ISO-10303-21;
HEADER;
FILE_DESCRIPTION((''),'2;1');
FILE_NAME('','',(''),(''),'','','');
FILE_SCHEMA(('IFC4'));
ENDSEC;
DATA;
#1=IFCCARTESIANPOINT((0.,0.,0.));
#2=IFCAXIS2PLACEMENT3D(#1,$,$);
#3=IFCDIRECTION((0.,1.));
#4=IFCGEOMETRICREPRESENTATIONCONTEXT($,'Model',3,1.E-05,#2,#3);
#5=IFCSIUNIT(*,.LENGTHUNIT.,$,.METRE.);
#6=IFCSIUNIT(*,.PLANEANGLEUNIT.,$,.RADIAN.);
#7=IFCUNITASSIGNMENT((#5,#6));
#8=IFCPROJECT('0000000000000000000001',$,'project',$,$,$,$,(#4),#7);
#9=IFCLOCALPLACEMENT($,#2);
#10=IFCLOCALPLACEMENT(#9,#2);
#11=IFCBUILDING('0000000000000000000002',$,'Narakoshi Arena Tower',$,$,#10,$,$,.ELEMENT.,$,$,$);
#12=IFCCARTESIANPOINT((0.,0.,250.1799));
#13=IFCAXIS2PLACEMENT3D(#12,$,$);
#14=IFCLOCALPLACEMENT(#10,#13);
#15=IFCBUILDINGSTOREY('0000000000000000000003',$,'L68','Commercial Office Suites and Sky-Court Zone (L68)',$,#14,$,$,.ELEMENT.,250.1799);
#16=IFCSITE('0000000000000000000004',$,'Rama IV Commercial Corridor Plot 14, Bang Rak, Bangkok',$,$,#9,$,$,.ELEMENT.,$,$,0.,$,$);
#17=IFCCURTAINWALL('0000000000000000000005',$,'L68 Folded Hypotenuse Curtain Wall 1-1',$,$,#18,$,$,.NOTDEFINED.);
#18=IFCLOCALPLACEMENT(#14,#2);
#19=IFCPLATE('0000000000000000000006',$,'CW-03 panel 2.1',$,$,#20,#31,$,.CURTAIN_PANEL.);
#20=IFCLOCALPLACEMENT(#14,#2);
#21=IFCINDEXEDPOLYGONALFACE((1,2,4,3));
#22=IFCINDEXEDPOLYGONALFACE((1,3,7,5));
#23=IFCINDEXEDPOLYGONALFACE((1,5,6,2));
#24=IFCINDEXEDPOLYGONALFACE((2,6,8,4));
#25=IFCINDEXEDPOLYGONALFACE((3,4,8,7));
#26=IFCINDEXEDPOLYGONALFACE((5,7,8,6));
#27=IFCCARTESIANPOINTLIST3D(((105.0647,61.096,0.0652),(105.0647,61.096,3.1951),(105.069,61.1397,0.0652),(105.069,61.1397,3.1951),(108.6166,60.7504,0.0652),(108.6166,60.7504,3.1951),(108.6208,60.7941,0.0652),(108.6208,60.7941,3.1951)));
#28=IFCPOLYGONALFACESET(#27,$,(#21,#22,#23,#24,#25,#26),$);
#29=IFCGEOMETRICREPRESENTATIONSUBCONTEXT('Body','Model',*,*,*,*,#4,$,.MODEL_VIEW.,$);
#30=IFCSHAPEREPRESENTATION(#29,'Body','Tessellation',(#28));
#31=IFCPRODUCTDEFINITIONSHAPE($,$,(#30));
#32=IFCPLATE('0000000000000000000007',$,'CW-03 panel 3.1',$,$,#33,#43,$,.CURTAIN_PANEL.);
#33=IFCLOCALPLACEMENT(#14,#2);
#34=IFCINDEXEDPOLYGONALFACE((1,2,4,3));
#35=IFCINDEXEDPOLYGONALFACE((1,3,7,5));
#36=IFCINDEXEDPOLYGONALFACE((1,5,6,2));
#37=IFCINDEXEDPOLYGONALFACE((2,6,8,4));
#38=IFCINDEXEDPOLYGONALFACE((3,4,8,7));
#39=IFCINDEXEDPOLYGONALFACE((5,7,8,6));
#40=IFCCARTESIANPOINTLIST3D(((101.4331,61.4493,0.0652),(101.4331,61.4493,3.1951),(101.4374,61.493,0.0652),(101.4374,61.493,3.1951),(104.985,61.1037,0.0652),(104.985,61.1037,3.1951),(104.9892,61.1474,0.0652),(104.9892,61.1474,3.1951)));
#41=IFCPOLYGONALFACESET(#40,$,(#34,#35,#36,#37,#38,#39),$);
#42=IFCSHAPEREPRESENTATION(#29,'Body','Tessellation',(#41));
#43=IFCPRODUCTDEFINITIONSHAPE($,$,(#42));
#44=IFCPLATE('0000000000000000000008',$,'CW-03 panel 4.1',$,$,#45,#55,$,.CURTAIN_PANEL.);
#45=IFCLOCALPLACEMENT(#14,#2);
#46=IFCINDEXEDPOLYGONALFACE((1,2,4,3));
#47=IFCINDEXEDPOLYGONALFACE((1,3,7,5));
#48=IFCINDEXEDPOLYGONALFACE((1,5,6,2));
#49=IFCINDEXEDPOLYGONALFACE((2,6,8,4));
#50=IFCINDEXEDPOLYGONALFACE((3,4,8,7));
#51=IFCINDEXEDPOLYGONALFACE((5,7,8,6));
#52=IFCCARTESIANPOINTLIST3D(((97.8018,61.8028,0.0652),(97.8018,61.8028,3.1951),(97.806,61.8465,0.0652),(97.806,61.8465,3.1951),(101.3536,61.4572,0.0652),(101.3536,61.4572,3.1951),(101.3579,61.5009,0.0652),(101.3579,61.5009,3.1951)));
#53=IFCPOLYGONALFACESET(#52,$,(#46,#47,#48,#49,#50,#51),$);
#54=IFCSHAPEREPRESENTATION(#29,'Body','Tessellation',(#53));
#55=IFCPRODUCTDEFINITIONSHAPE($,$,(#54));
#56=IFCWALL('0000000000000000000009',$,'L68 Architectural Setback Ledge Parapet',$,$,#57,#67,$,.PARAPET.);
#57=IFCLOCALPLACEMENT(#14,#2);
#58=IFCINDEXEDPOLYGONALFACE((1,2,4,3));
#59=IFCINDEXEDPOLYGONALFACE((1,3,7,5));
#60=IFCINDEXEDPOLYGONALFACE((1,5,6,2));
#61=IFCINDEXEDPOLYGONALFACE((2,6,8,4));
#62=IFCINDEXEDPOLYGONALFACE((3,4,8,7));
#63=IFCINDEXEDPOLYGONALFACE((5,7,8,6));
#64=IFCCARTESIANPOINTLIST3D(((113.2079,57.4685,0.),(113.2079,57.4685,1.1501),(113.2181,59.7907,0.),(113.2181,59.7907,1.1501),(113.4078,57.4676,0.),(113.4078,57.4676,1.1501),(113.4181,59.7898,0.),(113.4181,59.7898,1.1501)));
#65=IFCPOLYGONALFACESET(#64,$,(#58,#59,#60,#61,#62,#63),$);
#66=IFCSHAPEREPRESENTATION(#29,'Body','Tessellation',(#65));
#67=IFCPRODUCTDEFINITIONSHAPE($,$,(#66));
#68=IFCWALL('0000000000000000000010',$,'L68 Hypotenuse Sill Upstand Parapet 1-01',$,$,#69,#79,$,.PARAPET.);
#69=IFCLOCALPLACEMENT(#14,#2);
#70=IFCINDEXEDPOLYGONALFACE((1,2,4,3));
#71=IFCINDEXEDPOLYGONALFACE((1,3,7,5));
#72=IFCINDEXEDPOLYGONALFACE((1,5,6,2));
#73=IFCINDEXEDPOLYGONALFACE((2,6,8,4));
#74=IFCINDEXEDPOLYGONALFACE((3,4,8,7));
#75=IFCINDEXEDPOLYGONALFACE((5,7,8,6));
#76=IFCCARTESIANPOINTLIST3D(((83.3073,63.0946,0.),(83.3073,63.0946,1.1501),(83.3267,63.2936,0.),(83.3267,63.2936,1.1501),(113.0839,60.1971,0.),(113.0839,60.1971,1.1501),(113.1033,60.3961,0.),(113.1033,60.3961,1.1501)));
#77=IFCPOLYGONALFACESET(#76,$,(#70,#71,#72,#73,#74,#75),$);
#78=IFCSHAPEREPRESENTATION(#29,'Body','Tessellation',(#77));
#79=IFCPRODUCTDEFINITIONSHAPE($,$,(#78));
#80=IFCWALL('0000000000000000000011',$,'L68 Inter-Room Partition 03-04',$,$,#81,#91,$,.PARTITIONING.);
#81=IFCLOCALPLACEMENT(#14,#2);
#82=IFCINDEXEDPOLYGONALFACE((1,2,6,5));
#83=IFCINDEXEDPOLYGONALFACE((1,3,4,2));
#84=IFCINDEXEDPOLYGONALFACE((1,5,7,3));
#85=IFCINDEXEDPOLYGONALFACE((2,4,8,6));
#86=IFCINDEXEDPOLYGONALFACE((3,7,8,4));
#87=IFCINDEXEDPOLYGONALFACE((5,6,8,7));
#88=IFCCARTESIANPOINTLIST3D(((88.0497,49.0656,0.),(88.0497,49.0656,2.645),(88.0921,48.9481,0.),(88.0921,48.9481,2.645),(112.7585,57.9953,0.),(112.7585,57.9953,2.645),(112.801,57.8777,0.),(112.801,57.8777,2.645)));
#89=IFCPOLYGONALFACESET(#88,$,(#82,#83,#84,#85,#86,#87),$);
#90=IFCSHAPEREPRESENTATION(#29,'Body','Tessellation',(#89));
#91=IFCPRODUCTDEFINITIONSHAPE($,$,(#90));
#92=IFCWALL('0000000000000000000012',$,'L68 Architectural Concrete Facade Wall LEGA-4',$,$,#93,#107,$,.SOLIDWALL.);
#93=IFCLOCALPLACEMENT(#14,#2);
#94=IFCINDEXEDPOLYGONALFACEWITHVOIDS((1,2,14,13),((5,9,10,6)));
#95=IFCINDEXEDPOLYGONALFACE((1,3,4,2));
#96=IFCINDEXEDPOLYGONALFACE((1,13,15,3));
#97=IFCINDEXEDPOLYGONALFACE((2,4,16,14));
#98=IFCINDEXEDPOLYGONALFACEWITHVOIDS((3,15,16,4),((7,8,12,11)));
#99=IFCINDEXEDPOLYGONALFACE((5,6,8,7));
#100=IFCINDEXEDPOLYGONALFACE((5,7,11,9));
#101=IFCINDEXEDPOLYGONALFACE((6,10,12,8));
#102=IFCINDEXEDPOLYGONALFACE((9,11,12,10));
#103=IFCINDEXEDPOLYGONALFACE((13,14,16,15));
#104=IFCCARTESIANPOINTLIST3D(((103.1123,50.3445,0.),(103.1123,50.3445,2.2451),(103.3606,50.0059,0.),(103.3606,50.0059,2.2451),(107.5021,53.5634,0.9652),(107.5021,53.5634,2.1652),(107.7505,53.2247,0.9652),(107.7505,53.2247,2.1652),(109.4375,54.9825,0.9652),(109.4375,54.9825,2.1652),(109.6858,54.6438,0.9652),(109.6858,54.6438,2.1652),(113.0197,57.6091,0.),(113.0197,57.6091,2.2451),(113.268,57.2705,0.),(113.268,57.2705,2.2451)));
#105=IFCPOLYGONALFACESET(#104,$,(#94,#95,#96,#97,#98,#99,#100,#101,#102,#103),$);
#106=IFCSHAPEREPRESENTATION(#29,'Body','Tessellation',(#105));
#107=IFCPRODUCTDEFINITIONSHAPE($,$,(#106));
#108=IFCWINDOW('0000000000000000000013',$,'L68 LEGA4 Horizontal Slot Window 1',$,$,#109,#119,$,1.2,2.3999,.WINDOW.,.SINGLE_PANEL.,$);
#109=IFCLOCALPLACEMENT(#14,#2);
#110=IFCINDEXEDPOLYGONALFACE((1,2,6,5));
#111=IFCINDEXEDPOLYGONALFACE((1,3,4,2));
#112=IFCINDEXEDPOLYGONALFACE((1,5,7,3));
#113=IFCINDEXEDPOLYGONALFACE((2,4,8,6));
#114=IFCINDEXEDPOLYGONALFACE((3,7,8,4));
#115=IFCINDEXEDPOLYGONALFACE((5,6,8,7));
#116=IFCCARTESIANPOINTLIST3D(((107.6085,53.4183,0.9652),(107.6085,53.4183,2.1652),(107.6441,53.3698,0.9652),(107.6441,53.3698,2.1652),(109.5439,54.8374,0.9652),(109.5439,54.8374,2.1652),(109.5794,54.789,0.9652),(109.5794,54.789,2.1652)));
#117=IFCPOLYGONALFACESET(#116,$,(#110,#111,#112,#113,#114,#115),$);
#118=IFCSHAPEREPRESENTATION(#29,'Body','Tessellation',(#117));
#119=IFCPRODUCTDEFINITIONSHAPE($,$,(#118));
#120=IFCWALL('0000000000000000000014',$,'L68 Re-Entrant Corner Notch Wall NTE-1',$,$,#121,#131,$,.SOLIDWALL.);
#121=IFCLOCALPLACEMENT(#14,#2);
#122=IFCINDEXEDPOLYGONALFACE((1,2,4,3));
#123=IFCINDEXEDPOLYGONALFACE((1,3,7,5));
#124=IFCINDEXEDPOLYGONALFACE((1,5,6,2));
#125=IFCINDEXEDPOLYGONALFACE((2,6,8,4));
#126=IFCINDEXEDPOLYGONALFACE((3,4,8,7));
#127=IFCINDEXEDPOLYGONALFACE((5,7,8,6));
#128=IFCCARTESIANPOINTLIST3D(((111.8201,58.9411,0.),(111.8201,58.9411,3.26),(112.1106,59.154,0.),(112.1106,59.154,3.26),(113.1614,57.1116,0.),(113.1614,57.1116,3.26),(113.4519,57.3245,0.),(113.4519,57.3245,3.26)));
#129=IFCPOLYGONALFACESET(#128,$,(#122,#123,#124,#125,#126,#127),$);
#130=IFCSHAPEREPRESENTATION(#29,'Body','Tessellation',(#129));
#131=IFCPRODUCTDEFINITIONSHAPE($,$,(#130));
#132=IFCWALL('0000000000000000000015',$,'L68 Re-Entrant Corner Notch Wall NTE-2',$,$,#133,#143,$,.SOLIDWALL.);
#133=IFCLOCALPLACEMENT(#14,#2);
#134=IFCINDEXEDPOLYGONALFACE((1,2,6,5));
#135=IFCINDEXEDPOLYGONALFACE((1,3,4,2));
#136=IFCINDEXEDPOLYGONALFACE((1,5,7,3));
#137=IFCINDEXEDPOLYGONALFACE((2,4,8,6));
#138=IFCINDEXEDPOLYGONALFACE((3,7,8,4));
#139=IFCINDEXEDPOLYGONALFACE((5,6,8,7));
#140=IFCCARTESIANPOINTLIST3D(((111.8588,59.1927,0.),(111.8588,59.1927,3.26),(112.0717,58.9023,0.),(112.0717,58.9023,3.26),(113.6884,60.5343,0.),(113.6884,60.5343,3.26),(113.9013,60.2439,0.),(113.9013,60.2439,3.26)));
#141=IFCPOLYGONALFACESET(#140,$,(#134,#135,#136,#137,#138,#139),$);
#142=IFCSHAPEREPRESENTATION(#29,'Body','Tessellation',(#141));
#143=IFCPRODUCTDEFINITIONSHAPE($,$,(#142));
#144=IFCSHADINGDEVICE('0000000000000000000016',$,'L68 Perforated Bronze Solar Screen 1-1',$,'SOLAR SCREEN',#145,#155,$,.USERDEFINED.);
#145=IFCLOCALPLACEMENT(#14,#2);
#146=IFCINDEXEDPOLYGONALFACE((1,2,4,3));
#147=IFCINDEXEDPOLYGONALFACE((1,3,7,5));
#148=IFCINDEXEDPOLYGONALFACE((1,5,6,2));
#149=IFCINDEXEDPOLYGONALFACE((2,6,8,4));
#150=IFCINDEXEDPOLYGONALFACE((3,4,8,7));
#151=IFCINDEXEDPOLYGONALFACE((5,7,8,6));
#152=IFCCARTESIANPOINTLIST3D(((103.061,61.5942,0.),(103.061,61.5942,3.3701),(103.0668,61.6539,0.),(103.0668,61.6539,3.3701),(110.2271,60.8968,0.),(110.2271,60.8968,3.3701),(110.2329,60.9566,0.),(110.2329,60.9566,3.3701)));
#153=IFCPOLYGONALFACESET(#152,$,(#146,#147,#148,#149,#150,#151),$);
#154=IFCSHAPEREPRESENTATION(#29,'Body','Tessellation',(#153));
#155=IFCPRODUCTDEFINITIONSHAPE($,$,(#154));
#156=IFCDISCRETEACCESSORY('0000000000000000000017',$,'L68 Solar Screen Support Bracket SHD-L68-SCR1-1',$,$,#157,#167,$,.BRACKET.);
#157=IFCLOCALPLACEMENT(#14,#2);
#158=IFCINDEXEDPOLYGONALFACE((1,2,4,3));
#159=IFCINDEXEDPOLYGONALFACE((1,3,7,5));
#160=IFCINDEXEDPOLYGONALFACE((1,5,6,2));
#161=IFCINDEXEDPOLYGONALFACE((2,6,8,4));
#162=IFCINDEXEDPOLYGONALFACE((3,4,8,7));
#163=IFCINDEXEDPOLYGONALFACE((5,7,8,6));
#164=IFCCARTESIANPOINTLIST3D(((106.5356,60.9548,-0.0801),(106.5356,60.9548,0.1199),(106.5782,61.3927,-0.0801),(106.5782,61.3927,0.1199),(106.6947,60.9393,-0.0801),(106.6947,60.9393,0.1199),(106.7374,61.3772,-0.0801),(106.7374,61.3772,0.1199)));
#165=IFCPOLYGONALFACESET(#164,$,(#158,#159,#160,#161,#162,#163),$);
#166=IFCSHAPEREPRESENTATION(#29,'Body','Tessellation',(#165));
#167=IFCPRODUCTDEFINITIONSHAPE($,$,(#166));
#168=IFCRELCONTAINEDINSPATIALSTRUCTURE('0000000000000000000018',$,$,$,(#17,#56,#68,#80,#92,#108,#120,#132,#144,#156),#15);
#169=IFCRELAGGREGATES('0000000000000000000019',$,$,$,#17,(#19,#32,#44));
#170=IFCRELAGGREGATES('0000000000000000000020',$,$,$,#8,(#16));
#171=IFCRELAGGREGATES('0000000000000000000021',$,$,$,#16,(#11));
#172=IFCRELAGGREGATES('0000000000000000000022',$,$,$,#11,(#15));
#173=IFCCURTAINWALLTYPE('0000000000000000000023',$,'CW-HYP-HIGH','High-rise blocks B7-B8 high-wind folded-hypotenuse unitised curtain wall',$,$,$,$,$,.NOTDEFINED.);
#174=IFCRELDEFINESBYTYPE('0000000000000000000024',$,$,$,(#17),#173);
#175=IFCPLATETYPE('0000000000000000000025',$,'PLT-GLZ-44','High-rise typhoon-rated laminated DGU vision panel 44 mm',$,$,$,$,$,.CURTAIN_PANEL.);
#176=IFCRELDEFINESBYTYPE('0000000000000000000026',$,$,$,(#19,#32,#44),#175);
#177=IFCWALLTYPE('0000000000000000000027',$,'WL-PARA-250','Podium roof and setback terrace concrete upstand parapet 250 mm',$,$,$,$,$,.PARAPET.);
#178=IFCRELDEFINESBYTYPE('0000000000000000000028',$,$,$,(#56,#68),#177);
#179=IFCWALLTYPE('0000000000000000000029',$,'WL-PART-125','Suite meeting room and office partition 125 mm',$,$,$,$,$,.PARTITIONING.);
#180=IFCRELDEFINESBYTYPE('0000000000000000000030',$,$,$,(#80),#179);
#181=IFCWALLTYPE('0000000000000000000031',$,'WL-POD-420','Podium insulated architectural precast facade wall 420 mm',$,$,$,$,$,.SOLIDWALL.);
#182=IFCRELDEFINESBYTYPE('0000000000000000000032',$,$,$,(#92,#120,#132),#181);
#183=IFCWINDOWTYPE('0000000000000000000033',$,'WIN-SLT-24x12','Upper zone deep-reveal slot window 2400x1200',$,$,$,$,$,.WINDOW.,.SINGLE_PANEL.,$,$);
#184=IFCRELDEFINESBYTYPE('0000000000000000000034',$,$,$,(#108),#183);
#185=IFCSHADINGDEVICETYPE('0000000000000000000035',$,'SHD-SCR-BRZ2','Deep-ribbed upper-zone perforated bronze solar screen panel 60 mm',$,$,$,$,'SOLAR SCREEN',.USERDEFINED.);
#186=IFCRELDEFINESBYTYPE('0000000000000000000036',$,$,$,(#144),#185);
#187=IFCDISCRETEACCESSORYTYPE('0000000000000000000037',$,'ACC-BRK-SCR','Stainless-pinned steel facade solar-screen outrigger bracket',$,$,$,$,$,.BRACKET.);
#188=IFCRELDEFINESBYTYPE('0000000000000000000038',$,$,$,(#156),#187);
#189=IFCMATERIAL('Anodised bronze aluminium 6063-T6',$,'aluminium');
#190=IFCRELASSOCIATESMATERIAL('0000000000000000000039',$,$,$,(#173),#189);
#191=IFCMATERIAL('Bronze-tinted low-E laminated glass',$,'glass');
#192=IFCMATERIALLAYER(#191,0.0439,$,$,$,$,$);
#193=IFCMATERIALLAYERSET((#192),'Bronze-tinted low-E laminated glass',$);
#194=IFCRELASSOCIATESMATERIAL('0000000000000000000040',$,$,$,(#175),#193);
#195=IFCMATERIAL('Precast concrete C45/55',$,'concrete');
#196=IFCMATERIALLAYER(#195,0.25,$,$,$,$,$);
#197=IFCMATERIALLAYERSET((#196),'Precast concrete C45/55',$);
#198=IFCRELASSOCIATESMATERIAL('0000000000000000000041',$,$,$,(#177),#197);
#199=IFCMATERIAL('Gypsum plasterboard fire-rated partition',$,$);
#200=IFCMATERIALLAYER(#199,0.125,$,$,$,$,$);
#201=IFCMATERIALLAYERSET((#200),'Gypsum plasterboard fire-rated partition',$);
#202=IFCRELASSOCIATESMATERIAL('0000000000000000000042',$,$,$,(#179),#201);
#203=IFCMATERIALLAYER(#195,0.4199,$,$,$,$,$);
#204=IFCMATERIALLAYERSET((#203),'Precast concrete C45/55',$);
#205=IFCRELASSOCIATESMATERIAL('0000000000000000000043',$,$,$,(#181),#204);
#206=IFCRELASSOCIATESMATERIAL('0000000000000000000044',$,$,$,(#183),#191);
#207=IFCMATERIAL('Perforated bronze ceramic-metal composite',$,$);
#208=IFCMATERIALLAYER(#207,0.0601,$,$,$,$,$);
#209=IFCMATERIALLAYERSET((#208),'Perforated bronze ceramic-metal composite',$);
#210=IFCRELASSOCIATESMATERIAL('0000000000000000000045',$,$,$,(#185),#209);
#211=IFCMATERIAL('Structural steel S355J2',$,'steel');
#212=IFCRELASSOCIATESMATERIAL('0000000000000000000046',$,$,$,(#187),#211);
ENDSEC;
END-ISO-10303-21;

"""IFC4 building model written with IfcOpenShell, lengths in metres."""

from ifc_helpers import new_model, si_unit, direction, frame, frame_2d, origin, origin_2d, place, context, subcontext, project, spatial, rectangle, extrude, material, layer, layer_set, type_object, element, fill, aggregate, save


model = new_model("IFC4")

# Units and contexts
model_context = context("Model", 3, precision=1e-05, world=origin(), true_north=direction((0.0, 1.0)))
body_context = subcontext(model_context, "Body", "Model", "MODEL_VIEW")
ifc_project = project(units=[si_unit("LENGTHUNIT", "METRE"), si_unit("PLANEANGLEUNIT", "RADIAN")], contexts=[model_context])

# Site, building, storey
site_placement = place(None, origin())
site = spatial("IfcSite", under=ifc_project, at=site_placement, Name="Rama IV Commercial Corridor Plot 14, Bang Rak, Bangkok", CompositionType="ELEMENT", RefElevation=0.0)
building_placement = place(site_placement, origin())
building = spatial("IfcBuilding", under=site, at=building_placement, Name="Narakoshi Arena Tower", CompositionType="ELEMENT")
storey_placement = place(building_placement, frame((0.0, 0.0, 250.1799)))
storey = spatial("IfcBuildingStorey", under=building, at=storey_placement, Name="L68", Description="Commercial Office Suites and Sky-Court Zone (L68)", CompositionType="ELEMENT", Elevation=250.1799)

# Shared definitions
ifc_material_1 = material(Name="Structural steel S355J2", Category="steel")

# Curtain wall, plates
ifc_material_2 = material(Name="Anodised bronze aluminium 6063-T6", Category="aluminium")
curtain_wall_type = type_object("IfcCurtainWallType", Name="CW-HYP-HIGH", Description="High-rise blocks B7-B8 high-wind folded-hypotenuse unitised curtain wall", PredefinedType="NOTDEFINED", material=ifc_material_2)
curtain_wall_placement = place(storey_placement, origin())
curtain_wall = element("IfcCurtainWall", 1, at=curtain_wall_placement, inside=storey, type_object=curtain_wall_type, Name="L68 Folded Hypotenuse Curtain Wall 1-1", PredefinedType="NOTDEFINED")
ifc_material_3 = material(Name="Bronze-tinted low-E laminated glass", Category="glass")
ifc_layer_1 = layer(ifc_material_3, 0.0439)
ifc_layer_set_1 = layer_set([ifc_layer_1], Name="Bronze-tinted low-E laminated glass")
plate_type = type_object("IfcPlateType", Name="PLT-GLZ-44", Description="High-rise typhoon-rated laminated DGU vision panel 44 mm", PredefinedType="CURTAIN_PANEL", material=ifc_layer_set_1)
plate_1_placement = place(storey_placement, frame((106.8428, 60.9451, 0.0652), z_axis=(0.0, 0.0, 1.0), x_axis=(-0.995299, 0.096851, 0.0)))
plate_1 = element("IfcPlate", 2, at=plate_1_placement, type_object=plate_type, Name="CW-03 panel 2.1", PredefinedType="CURTAIN_PANEL", context=body_context, shape_type="SweptSolid", body=[
    extrude(rectangle(XDim=3.5686, YDim=0.0439, at=origin_2d()), origin(), (0.0, 0.0, 1.0), 3.1299),
])
plate_2_placement = place(storey_placement, frame((103.2112, 61.2983, 0.0652), z_axis=(0.0, 0.0, 1.0), x_axis=(-0.995299, 0.096851, 0.0)))
plate_2 = element("IfcPlate", 3, at=plate_2_placement, type_object=plate_type, Name="CW-03 panel 3.1", PredefinedType="CURTAIN_PANEL", context=body_context, shape_type="SweptSolid", body=[
    extrude(rectangle(XDim=3.5686, YDim=0.0439, at=origin_2d()), origin(), (0.0, 0.0, 1.0), 3.1299),
])
plate_3_placement = place(storey_placement, frame((99.5798, 61.6519, 0.0652), z_axis=(0.0, 0.0, 1.0), x_axis=(-0.995299, 0.096851, 0.0)))
plate_3 = element("IfcPlate", 4, at=plate_3_placement, type_object=plate_type, Name="CW-03 panel 4.1", PredefinedType="CURTAIN_PANEL", context=body_context, shape_type="SweptSolid", body=[
    extrude(rectangle(XDim=3.5686, YDim=0.0439, at=origin_2d()), origin(), (0.0, 0.0, 1.0), 3.1299),
])
aggregate(curtain_wall, [plate_1, plate_2, plate_3])

# Walls
ifc_material_4 = material(Name="Precast concrete C45/55", Category="concrete")
ifc_layer_2 = layer(ifc_material_4, 0.25)
ifc_layer_set_2 = layer_set([ifc_layer_2], Name="Precast concrete C45/55")
wall_type_1 = type_object("IfcWallType", Name="WL-PARA-250", Description="Podium roof and setback terrace concrete upstand parapet 250 mm", PredefinedType="PARAPET", material=ifc_layer_set_2)
wall_1_placement = place(storey_placement, frame((113.3079, 57.468, 0.0), z_axis=(0.0, 0.0, 1.0), x_axis=(0.004415, 0.99999, 0.0)))
element("IfcWall", 5, at=wall_1_placement, inside=storey, type_object=wall_type_1, Name="L68 Architectural Setback Ledge Parapet", PredefinedType="PARAPET", context=body_context, shape_type="SweptSolid", body=[
    extrude(rectangle(XDim=2.3223, YDim=0.2, at=frame_2d((1.1611, 0.0))), origin(), (0.0, 0.0, 1.0), 1.1501),
])
wall_2_placement = place(storey_placement, frame((113.0935, 60.2966, 0.0), z_axis=(0.0, 0.0, 1.0), x_axis=(-0.995299, 0.096849, 0.0)))
element("IfcWall", 6, at=wall_2_placement, inside=storey, type_object=wall_type_1, Name="L68 Hypotenuse Sill Upstand Parapet 1-01", PredefinedType="PARAPET", context=body_context, shape_type="SweptSolid", body=[
    extrude(rectangle(XDim=29.9172, YDim=0.2, at=frame_2d((14.9585, 0.0))), origin(), (0.0, 0.0, 1.0), 1.1501),
])
ifc_material_5 = material(Name="Gypsum plasterboard fire-rated partition")
ifc_layer_3 = layer(ifc_material_5, 0.125)
ifc_layer_set_3 = layer_set([ifc_layer_3], Name="Gypsum plasterboard fire-rated partition")
wall_type_2 = type_object("IfcWallType", Name="WL-PART-125", Description="Suite meeting room and office partition 125 mm", PredefinedType="PARTITIONING", material=ifc_layer_set_3)
wall_3_placement = place(storey_placement, frame((112.7798, 57.9365, 0.0), z_axis=(0.0, 0.0, 1.0), x_axis=(-0.940469, -0.33988, 0.0)))
element("IfcWall", 7, at=wall_3_placement, inside=storey, type_object=wall_type_2, Name="L68 Inter-Room Partition 03-04", PredefinedType="PARTITIONING", context=body_context, shape_type="SweptSolid", body=[
    extrude(rectangle(XDim=26.2729, YDim=0.125, at=frame_2d((13.1365, 0.0))), origin(), (0.0, 0.0, 1.0), 2.645),
])

# Wall, opening, window
ifc_layer_4 = layer(ifc_material_4, 0.4199)
ifc_layer_set_4 = layer_set([ifc_layer_4], Name="Precast concrete C45/55")
wall_type_3 = type_object("IfcWallType", Name="WL-POD-420", Description="Podium insulated architectural precast facade wall 420 mm", PredefinedType="SOLIDWALL", material=ifc_layer_set_4)
wall_4_placement = place(storey_placement, frame((103.2366, 50.1753, 0.0), z_axis=(0.0, 0.0, 1.0), x_axis=(0.806437, 0.59132, 0.0)))
wall_4 = element("IfcWall", 8, at=wall_4_placement, inside=storey, type_object=wall_type_3, Name="L68 Architectural Concrete Facade Wall LEGA-4", PredefinedType="SOLIDWALL", context=body_context, shape_type="SweptSolid", body=[
    extrude(rectangle(XDim=12.2854, YDim=0.4199, at=frame_2d((6.1426, 0.0))), origin(), (0.0, 0.0, 1.0), 2.2451),
])
opening_placement = place(wall_4_placement, frame((5.4434, 0.0, 0.9651)))
opening = element("IfcOpeningElement", 9, at=opening_placement, cuts=wall_4, PredefinedType="OPENING", context=body_context, shape_type="SweptSolid", body=[
    extrude(rectangle(XDim=2.3999, YDim=1.2, at=frame_2d((1.2, 0.6001))), frame((0.0, 0.22, 0.0), z_axis=(0.0, -1.0, 0.0), x_axis=(1.0, 0.0, 0.0)), (0.0, 0.0, 1.0), 0.4399),
])
window_type = type_object("IfcWindowType", Name="WIN-SLT-24x12", Description="Upper zone deep-reveal slot window 2400x1200", PartitioningType="SINGLE_PANEL", PredefinedType="WINDOW", material=ifc_material_3)
window_placement = place(opening_placement, origin())
window = element("IfcWindow", 10, at=window_placement, inside=storey, type_object=window_type, Name="L68 LEGA4 Horizontal Slot Window 1", OverallHeight=1.2, OverallWidth=2.3999, PartitioningType="SINGLE_PANEL", PredefinedType="WINDOW", context=body_context, shape_type="SweptSolid", body=[
    extrude(rectangle(XDim=2.3999, YDim=1.2, at=frame_2d((1.2, 0.6001))), frame((0.0, 0.03, 0.0), z_axis=(0.0, -1.0, 0.0), x_axis=(1.0, 0.0, 0.0)), (0.0, 0.0, 1.0), 0.0601),
])
fill(opening, window)

# Walls
wall_5_placement = place(storey_placement, frame((113.3066, 57.218, 0.0), z_axis=(0.0, 0.0, 1.0), x_axis=(-0.591252, 0.806487, 0.0)))
element("IfcWall", 11, at=wall_5_placement, inside=storey, type_object=wall_type_3, Name="L68 Re-Entrant Corner Notch Wall NTE-1", PredefinedType="SOLIDWALL", context=body_context, shape_type="SweptSolid", body=[
    extrude(rectangle(XDim=2.2686, YDim=0.3601, at=frame_2d((1.1343, 0.0))), origin(), (0.0, 0.0, 1.0), 3.26),
])
wall_6_placement = place(storey_placement, frame((111.9653, 59.0476, 0.0), z_axis=(0.0, 0.0, 1.0), x_axis=(0.806436, 0.591322, 0.0)))
element("IfcWall", 12, at=wall_6_placement, inside=storey, type_object=wall_type_3, Name="L68 Re-Entrant Corner Notch Wall NTE-2", PredefinedType="SOLIDWALL", context=body_context, shape_type="SweptSolid", body=[
    extrude(rectangle(XDim=2.2688, YDim=0.3601, at=frame_2d((1.1343, 0.0))), origin(), (0.0, 0.0, 1.0), 3.26),
])

# Shading device
ifc_material_6 = material(Name="Perforated bronze ceramic-metal composite")
ifc_layer_5 = layer(ifc_material_6, 0.0601)
ifc_layer_set_5 = layer_set([ifc_layer_5], Name="Perforated bronze ceramic-metal composite")
shading_device_type = type_object("IfcShadingDeviceType", Name="SHD-SCR-BRZ2", Description="Deep-ribbed upper-zone perforated bronze solar screen panel 60 mm", ElementType="SOLAR SCREEN", PredefinedType="USERDEFINED", material=ifc_layer_set_5)
shading_device_placement = place(storey_placement, frame((106.647, 61.2754, 0.0), z_axis=(0.0, 0.0, 1.0), x_axis=(-0.995299, 0.096853, 0.0)))
element("IfcShadingDevice", 13, at=shading_device_placement, inside=storey, type_object=shading_device_type, Name="L68 Perforated Bronze Solar Screen 1-1", ObjectType="SOLAR SCREEN", PredefinedType="USERDEFINED", context=body_context, shape_type="SweptSolid", body=[
    extrude(rectangle(XDim=7.2, YDim=0.0601, at=origin_2d()), origin(), (0.0, 0.0, 1.0), 3.3701),
])

# Discrete accessory
discrete_accessory_type = type_object("IfcDiscreteAccessoryType", Name="ACC-BRK-SCR", Description="Stainless-pinned steel facade solar-screen outrigger bracket", PredefinedType="BRACKET", material=ifc_material_1)
discrete_accessory_placement = place(storey_placement, frame((106.6365, 61.166, -0.0801), z_axis=(0.0, 0.0, 1.0), x_axis=(-0.995299, 0.096853, 0.0)))
element("IfcDiscreteAccessory", 14, at=discrete_accessory_placement, inside=storey, type_object=discrete_accessory_type, Name="L68 Solar Screen Support Bracket SHD-L68-SCR1-1", PredefinedType="BRACKET", context=body_context, shape_type="SweptSolid", body=[
    extrude(rectangle(XDim=0.1599, YDim=0.4399, at=origin_2d()), origin(), (0.0, 0.0, 1.0), 0.2),
])

save(model, "model.ifc")
